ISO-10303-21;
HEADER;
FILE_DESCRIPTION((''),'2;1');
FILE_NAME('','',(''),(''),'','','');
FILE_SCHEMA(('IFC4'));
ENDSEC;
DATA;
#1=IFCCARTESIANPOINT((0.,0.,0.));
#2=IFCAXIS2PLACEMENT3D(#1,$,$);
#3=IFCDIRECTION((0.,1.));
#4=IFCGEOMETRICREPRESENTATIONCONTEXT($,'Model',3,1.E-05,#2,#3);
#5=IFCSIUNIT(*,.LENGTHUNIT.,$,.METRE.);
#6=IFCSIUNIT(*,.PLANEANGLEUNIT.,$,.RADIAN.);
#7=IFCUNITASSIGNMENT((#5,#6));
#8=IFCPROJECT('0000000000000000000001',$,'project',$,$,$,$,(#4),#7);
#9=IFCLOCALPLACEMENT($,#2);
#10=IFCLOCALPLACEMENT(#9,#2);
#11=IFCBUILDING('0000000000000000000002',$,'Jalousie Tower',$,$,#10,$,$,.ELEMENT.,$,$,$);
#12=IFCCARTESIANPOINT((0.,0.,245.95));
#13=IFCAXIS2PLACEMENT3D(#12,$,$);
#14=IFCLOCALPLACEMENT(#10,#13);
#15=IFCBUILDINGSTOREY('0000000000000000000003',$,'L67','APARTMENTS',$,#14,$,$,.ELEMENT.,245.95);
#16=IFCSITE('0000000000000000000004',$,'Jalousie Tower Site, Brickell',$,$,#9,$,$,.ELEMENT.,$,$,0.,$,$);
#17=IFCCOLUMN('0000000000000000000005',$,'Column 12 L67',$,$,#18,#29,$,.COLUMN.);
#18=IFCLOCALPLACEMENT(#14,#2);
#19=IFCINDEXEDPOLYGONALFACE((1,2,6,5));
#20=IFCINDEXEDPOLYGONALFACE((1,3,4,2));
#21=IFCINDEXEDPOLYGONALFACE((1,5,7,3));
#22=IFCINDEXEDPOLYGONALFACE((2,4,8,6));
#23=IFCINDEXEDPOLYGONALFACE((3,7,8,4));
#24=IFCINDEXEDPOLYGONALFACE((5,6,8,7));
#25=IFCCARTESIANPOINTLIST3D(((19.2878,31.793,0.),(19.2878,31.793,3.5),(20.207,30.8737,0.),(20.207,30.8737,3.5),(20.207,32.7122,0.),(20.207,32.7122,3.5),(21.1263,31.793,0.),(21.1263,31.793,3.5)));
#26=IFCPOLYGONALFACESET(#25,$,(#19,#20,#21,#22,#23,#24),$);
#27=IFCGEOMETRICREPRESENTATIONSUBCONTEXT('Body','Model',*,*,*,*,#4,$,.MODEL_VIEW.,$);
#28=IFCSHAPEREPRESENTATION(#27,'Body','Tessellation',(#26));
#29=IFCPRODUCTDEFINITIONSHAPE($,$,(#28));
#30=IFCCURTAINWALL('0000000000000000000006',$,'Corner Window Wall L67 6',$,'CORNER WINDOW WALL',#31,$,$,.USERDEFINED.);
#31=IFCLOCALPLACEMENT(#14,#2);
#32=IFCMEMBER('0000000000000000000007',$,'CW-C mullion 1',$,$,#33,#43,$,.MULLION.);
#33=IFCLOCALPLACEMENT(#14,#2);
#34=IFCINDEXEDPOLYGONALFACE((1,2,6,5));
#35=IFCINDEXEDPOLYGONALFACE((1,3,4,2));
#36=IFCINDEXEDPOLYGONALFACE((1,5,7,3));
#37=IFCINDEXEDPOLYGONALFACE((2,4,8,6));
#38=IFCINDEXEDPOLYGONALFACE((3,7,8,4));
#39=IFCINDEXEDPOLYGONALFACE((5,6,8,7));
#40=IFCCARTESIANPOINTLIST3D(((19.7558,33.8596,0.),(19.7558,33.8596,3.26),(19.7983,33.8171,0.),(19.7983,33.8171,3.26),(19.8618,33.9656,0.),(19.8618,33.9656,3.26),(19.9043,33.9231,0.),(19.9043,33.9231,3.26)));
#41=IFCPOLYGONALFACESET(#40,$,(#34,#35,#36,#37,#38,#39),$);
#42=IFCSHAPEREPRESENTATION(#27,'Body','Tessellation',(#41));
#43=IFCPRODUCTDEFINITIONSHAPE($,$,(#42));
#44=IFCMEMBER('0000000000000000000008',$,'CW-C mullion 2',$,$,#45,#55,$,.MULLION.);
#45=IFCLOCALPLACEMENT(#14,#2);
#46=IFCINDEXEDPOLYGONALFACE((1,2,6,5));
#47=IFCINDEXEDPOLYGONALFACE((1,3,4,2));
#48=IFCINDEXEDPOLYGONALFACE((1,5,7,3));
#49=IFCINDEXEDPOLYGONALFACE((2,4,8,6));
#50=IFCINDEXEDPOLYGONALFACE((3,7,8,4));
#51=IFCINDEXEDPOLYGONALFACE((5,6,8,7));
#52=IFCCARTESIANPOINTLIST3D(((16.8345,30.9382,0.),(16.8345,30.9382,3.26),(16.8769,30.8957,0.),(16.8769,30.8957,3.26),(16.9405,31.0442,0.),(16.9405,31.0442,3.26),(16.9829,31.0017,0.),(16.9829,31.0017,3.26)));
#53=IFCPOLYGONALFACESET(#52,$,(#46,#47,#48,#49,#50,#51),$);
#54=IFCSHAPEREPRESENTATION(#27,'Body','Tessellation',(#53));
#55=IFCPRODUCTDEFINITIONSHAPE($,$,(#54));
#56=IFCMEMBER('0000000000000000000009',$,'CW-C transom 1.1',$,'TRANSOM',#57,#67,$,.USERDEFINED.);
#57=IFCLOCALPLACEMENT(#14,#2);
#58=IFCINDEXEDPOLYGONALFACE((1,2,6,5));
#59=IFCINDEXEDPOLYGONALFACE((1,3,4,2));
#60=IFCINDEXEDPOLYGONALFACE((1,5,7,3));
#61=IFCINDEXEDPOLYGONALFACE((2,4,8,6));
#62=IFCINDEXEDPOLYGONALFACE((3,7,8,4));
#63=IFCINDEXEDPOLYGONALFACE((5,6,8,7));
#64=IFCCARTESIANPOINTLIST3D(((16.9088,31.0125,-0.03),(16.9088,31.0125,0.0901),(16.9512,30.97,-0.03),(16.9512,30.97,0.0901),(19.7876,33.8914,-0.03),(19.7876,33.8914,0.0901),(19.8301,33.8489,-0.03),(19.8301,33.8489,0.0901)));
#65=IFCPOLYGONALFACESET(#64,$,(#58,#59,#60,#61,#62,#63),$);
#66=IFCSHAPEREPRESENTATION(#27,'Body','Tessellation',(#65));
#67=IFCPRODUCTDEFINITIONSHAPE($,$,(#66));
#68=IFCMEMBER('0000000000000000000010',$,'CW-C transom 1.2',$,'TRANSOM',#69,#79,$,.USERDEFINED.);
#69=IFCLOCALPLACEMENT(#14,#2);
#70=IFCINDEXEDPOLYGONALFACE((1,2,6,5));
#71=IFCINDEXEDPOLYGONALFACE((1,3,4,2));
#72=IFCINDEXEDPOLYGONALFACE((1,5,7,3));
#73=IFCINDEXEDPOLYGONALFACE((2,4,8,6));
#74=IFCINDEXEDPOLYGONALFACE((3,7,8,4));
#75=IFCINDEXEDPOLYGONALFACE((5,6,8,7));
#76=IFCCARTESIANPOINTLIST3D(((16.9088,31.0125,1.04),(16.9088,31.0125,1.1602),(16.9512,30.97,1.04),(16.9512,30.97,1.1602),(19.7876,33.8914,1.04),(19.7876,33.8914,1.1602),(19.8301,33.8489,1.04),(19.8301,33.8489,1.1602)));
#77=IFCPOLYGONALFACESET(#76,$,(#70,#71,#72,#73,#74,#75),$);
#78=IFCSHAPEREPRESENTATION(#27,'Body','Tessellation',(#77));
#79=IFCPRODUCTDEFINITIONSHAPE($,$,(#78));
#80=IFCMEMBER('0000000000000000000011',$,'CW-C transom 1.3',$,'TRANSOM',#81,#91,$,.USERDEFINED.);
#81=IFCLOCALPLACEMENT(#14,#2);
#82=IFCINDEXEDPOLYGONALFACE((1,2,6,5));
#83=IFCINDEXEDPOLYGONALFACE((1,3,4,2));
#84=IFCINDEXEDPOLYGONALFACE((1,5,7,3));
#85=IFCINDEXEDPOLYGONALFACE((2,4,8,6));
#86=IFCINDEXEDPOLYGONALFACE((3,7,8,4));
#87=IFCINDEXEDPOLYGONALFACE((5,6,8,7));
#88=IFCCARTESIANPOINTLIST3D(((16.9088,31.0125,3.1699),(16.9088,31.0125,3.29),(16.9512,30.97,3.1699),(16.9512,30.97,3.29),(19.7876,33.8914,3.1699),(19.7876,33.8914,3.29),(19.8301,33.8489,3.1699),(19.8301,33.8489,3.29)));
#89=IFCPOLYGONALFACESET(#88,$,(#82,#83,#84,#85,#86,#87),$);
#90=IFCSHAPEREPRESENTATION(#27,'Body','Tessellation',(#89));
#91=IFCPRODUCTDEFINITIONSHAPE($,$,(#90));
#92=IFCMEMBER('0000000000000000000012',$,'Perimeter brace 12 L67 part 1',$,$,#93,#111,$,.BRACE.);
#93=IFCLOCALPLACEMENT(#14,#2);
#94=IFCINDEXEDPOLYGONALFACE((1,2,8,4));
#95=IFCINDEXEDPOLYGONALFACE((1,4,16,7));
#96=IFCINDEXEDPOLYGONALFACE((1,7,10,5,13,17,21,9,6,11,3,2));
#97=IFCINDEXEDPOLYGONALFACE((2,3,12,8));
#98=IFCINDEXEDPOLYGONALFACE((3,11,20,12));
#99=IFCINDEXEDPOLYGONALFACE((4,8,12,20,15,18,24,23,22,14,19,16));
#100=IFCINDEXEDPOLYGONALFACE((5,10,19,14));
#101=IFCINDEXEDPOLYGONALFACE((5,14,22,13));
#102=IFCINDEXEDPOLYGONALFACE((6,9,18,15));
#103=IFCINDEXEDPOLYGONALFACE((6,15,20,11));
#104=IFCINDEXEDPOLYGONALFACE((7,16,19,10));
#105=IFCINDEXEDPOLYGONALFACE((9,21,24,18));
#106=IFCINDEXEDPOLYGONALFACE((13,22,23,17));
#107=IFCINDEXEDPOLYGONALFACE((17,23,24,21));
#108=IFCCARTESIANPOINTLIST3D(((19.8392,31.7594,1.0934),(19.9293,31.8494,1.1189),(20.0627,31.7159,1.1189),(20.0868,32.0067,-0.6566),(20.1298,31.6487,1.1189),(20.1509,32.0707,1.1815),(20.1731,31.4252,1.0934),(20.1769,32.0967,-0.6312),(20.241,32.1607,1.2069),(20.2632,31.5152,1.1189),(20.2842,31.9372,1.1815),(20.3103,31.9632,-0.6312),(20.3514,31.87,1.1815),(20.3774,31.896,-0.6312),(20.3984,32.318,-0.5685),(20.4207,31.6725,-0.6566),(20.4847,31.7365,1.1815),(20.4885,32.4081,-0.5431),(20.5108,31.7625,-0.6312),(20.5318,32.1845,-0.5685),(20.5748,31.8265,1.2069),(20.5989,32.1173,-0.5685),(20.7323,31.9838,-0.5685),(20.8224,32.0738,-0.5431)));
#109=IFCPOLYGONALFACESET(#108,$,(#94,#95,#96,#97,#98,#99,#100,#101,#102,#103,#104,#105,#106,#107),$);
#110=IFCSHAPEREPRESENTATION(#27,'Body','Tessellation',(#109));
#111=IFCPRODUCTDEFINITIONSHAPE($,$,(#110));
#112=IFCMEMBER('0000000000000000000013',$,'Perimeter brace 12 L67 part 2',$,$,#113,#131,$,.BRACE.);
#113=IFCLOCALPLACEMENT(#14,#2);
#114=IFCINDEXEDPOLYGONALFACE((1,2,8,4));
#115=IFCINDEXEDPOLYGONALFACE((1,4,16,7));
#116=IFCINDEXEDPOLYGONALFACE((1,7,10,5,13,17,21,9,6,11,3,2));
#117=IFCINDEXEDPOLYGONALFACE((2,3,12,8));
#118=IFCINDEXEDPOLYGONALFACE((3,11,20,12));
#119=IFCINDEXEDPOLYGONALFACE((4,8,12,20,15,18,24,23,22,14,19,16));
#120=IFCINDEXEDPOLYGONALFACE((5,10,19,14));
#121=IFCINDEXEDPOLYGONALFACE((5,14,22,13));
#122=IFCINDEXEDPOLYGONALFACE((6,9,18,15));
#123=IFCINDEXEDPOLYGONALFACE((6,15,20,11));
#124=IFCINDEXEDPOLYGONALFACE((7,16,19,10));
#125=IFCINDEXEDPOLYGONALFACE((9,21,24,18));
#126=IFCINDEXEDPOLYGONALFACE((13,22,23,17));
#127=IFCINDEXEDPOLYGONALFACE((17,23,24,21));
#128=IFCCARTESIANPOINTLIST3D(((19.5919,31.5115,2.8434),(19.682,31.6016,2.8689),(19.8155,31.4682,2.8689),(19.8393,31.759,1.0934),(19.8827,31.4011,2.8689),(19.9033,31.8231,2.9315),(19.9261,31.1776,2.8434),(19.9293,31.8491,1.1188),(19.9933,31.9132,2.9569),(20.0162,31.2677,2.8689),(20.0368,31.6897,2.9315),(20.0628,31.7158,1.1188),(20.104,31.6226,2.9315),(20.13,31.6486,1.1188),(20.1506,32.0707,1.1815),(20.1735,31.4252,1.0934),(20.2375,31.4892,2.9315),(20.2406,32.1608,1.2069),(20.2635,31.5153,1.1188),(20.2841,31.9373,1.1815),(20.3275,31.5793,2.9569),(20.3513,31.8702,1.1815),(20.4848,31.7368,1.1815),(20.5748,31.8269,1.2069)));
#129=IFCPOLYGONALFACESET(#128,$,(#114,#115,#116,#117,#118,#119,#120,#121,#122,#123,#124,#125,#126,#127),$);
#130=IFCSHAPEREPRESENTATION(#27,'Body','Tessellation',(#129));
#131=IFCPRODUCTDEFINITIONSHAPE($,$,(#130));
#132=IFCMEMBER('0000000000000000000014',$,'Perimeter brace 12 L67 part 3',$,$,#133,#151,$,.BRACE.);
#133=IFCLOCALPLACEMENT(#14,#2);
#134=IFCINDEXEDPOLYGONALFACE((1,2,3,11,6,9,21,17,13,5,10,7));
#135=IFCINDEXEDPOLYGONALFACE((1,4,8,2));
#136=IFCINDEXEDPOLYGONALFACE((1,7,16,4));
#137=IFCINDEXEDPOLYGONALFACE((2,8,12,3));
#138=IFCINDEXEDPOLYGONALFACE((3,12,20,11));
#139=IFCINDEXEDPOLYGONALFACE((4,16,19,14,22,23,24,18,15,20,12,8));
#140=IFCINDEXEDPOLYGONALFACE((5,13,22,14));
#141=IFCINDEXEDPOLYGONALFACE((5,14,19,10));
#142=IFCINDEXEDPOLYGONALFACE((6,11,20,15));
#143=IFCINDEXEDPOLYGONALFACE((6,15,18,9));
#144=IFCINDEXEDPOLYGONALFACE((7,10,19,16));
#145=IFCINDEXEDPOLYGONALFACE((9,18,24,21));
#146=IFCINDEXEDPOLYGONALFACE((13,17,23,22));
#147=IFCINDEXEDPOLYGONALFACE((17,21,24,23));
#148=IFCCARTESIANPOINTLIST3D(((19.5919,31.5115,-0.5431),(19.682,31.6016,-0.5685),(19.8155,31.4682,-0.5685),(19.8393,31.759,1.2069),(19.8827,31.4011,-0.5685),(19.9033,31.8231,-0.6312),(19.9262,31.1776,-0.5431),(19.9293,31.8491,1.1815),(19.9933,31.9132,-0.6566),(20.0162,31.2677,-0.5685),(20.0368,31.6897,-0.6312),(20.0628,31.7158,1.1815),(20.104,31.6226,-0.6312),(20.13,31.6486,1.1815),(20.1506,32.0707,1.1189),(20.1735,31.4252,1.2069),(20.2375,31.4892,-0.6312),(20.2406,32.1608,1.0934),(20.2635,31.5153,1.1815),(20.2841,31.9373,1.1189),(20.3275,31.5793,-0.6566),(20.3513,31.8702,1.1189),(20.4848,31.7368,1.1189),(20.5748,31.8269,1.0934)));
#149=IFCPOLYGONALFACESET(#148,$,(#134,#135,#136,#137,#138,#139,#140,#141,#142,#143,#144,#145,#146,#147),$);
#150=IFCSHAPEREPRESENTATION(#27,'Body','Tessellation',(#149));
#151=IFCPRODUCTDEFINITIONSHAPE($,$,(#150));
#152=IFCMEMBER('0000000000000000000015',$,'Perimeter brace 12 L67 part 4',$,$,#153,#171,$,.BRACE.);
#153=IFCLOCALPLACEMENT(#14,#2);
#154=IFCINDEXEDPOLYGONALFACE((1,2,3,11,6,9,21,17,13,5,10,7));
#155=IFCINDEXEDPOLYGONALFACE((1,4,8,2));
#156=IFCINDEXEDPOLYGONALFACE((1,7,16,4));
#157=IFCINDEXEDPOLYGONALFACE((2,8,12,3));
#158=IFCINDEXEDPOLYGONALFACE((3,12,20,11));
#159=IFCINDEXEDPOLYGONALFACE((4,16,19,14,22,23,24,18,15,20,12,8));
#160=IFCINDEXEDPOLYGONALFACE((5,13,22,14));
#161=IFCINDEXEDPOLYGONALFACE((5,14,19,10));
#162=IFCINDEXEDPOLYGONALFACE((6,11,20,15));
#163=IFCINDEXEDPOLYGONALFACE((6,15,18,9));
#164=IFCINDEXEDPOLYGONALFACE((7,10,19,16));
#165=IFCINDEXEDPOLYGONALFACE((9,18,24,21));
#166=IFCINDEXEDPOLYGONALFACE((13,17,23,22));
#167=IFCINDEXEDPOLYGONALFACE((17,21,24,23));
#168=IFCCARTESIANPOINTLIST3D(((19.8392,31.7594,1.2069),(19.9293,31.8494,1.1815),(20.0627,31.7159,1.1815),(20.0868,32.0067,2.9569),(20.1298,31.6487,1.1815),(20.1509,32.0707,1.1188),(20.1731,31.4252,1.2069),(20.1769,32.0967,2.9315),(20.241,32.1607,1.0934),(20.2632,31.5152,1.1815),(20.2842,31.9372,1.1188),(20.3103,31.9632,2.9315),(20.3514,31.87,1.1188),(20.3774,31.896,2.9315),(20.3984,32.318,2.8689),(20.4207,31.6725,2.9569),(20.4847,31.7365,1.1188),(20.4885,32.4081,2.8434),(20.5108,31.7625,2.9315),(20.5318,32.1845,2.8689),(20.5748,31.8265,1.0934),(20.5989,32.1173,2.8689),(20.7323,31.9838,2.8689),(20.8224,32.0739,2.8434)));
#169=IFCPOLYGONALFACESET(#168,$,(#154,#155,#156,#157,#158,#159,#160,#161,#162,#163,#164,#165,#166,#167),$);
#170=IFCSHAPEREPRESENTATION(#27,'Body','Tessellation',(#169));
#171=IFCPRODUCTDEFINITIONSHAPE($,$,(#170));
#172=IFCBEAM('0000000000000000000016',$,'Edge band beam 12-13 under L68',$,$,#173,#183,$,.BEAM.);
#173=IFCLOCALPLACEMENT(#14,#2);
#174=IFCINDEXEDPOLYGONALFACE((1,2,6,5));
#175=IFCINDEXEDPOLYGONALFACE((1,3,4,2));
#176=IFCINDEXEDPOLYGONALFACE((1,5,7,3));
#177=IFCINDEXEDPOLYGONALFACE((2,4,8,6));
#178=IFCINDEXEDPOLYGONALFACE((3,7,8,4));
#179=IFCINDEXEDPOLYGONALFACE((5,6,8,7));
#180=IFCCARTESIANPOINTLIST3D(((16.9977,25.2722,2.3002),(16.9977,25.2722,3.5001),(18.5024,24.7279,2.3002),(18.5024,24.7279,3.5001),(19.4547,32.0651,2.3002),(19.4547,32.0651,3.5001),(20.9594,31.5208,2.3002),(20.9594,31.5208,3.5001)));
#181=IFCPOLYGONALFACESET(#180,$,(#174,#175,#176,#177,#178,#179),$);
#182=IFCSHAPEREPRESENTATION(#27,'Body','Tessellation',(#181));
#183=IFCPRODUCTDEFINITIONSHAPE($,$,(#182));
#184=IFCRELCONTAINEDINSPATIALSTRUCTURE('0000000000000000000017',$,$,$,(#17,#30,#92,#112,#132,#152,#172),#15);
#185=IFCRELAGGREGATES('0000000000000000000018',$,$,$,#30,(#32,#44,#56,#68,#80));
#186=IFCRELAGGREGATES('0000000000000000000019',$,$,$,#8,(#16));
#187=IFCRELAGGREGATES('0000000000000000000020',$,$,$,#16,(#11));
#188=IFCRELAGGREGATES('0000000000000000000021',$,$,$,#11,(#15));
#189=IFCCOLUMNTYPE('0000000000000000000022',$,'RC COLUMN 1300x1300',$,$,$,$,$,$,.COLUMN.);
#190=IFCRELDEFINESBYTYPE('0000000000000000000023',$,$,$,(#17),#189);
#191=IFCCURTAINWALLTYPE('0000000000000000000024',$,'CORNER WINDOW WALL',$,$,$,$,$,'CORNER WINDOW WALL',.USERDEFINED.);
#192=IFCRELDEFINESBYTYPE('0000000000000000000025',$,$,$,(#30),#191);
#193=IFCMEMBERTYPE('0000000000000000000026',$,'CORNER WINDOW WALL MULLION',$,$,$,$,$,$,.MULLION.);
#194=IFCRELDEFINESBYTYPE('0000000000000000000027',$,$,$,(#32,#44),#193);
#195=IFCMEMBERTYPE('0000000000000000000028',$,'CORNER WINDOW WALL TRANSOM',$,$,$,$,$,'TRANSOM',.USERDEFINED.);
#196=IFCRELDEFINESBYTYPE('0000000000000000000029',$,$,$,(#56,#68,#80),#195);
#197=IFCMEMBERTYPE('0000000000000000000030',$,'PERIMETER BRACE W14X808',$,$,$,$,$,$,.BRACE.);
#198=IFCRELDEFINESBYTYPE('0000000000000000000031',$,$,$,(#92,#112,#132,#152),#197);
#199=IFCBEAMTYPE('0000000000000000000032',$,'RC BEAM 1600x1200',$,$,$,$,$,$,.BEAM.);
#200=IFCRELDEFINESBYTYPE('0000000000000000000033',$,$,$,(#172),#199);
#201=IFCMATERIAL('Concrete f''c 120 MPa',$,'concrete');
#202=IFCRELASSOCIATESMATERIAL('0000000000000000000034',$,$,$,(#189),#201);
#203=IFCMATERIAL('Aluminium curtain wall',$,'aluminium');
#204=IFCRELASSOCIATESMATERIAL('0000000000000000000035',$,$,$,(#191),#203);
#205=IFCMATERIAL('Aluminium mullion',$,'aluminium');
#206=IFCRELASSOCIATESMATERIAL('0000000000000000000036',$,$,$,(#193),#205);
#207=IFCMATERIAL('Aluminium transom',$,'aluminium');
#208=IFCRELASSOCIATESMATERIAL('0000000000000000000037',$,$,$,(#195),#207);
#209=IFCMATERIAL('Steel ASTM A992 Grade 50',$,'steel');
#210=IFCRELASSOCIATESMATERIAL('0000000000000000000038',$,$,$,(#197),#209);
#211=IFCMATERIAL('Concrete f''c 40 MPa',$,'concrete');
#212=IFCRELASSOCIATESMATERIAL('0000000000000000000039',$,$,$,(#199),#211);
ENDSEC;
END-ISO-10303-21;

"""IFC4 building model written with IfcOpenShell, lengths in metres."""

from ifc_helpers import new_model, si_unit, direction, frame, origin, origin_2d, place, context, subcontext, project, spatial, rectangle, i_section, extrude, material, material_profile, profile_set, type_object, element, aggregate, save


model = new_model("IFC4")

# Units and contexts
model_context = context("Model", 3, precision=1e-05, world=origin(), true_north=direction((0.0, 1.0)))
body_context = subcontext(model_context, "Body", "Model", "MODEL_VIEW")
ifc_project = project(units=[si_unit("LENGTHUNIT", "METRE"), si_unit("PLANEANGLEUNIT", "RADIAN")], contexts=[model_context])

# Site, building, storey
site_placement = place(None, origin())
site = spatial("IfcSite", under=ifc_project, at=site_placement, Name="Jalousie Tower Site, Brickell", CompositionType="ELEMENT", RefElevation=0.0)
building_placement = place(site_placement, origin())
building = spatial("IfcBuilding", under=site, at=building_placement, Name="Jalousie Tower", CompositionType="ELEMENT")
storey_placement = place(building_placement, frame((0.0, 0.0, 245.95)))
storey = spatial("IfcBuildingStorey", under=building, at=storey_placement, Name="L67", Description="APARTMENTS", CompositionType="ELEMENT", Elevation=245.95)

# Column
ifc_material_1 = material(Name="Concrete f'c 120 MPa", Category="concrete")
ifc_material_profile_1 = material_profile(ifc_material_1, rectangle(XDim=1.3, YDim=1.3, at=origin_2d()), Name="RC 1300x1300")
ifc_profile_set_1 = profile_set([ifc_material_profile_1], Name="Concrete f'c 120 MPa")
column_type = type_object("IfcColumnType", Name="RC COLUMN 1300x1300", PredefinedType="COLUMN", material=ifc_profile_set_1)
column_placement = place(storey_placement, frame((20.207, 31.793, 0.0), z_axis=(0.0, 0.0, 1.0), x_axis=(0.707107, 0.707107, 0.0)))
element("IfcColumn", 1, at=column_placement, inside=storey, type_object=column_type, Name="Column 12 L67", PredefinedType="COLUMN", context=body_context, shape_type="SweptSolid", body=[
    extrude(rectangle(XDim=1.3, YDim=1.3, at=origin_2d()), origin(), (0.0, 0.0, 1.0), 3.5),
])

# Curtain wall, members
ifc_material_2 = material(Name="Aluminium curtain wall", Category="aluminium")
curtain_wall_type_1 = type_object("IfcCurtainWallType", Name="CORNER WINDOW WALL", ElementType="CORNER WINDOW WALL", PredefinedType="USERDEFINED", material=ifc_material_2)
curtain_wall_1_placement = place(storey_placement, origin())
curtain_wall_1 = element("IfcCurtainWall", 2, at=curtain_wall_1_placement, inside=storey, type_object=curtain_wall_type_1, Name="Corner Window Wall L67 6", ObjectType="CORNER WINDOW WALL", PredefinedType="USERDEFINED")
ifc_material_3 = material(Name="Aluminium mullion", Category="aluminium")
ifc_material_profile_2 = material_profile(ifc_material_3, rectangle(XDim=0.0601, YDim=0.1499, at=origin_2d()), Name="MULLION 60x150")
ifc_profile_set_2 = profile_set([ifc_material_profile_2], Name="Aluminium mullion")
member_type_1 = type_object("IfcMemberType", Name="CORNER WINDOW WALL MULLION", PredefinedType="MULLION", material=ifc_profile_set_2)
member_1_placement = place(storey_placement, frame((19.8301, 33.8914, 0.0), z_axis=(0.0, 0.0, 1.0), x_axis=(0.707107, -0.707107, 0.0)))
member_1 = element("IfcMember", 3, at=member_1_placement, type_object=member_type_1, Name="CW-C mullion 1", PredefinedType="MULLION", context=body_context, shape_type="SweptSolid", body=[
    extrude(rectangle(XDim=0.0601, YDim=0.1499, at=origin_2d()), origin(), (0.0, 0.0, 1.0), 3.26),
])
member_2_placement = place(storey_placement, frame((16.9087, 30.97, 0.0), z_axis=(0.0, 0.0, 1.0), x_axis=(0.707107, -0.707107, 0.0)))
member_2 = element("IfcMember", 4, at=member_2_placement, type_object=member_type_1, Name="CW-C mullion 2", PredefinedType="MULLION", context=body_context, shape_type="SweptSolid", body=[
    extrude(rectangle(XDim=0.0601, YDim=0.1499, at=origin_2d()), origin(), (0.0, 0.0, 1.0), 3.26),
])
ifc_material_4 = material(Name="Aluminium transom", Category="aluminium")
ifc_material_profile_3 = material_profile(ifc_material_4, rectangle(XDim=0.0601, YDim=0.1201, at=origin_2d()), Name="TRANSOM 60x120")
ifc_profile_set_3 = profile_set([ifc_material_profile_3], Name="Aluminium transom")
member_type_2 = type_object("IfcMemberType", Name="CORNER WINDOW WALL TRANSOM", ElementType="TRANSOM", PredefinedType="USERDEFINED", material=ifc_profile_set_3)
member_3_placement = place(storey_placement, frame((19.8088, 33.8701, 0.03), z_axis=(-0.707107, -0.707107, 0.0), x_axis=(0.707107, -0.707107, 0.0)))
member_3 = element("IfcMember", 5, at=member_3_placement, type_object=member_type_2, Name="CW-C transom 1.1", ObjectType="TRANSOM", PredefinedType="USERDEFINED", context=body_context, shape_type="SweptSolid", body=[
    extrude(rectangle(XDim=0.0601, YDim=0.1201, at=origin_2d()), origin(), (0.0, 0.0, 1.0), 4.0713),
])
member_4_placement = place(storey_placement, frame((19.8088, 33.8701, 1.1001), z_axis=(-0.707107, -0.707107, 0.0), x_axis=(0.707107, -0.707107, 0.0)))
member_4 = element("IfcMember", 6, at=member_4_placement, type_object=member_type_2, Name="CW-C transom 1.2", ObjectType="TRANSOM", PredefinedType="USERDEFINED", context=body_context, shape_type="SweptSolid", body=[
    extrude(rectangle(XDim=0.0601, YDim=0.1201, at=origin_2d()), origin(), (0.0, 0.0, 1.0), 4.0713),
])
member_5_placement = place(storey_placement, frame((19.8088, 33.8701, 3.23), z_axis=(-0.707107, -0.707107, 0.0), x_axis=(0.707107, -0.707107, 0.0)))
member_5 = element("IfcMember", 7, at=member_5_placement, type_object=member_type_2, Name="CW-C transom 1.3", ObjectType="TRANSOM", PredefinedType="USERDEFINED", context=body_context, shape_type="SweptSolid", body=[
    extrude(rectangle(XDim=0.0601, YDim=0.1201, at=origin_2d()), origin(), (0.0, 0.0, 1.0), 4.0713),
])

# Members
ifc_material_5 = material(Name="Steel ASTM A992 Grade 50", Category="steel")
ifc_material_profile_4 = material_profile(ifc_material_5, i_section(OverallWidth=0.4724, OverallDepth=0.5791, WebThickness=0.095, FlangeThickness=0.1299, at=origin_2d()), Name="W14X808")
ifc_profile_set_4 = profile_set([ifc_material_profile_4], Name="Steel ASTM A992 Grade 50")
member_type_3 = type_object("IfcMemberType", Name="PERIMETER BRACE W14X808", PredefinedType="BRACE", material=ifc_profile_set_4)
for number, where, z_axis, x_axis, name in (
    (8, (20.4546, 32.0403, -0.5999), (-0.138716, -0.138579, 0.980588), (0.706758, -0.707456, 0.0), "Perimeter brace 12 L67 part 1"),
    (9, (20.207, 31.793, 1.1501), (-0.138579, -0.138716, 0.980588), (0.707456, -0.706758, 0.0), "Perimeter brace 12 L67 part 2"),
    (10, (19.9597, 31.5454, -0.5999), (0.138579, 0.138716, 0.980588), (-0.707456, 0.706758, 0.0), "Perimeter brace 12 L67 part 3"),
    (11, (20.207, 31.793, 1.1501), (0.138716, 0.138579, 0.980588), (-0.706758, 0.707456, 0.0), "Perimeter brace 12 L67 part 4"),
):
    element("IfcMember", number, at=place(storey_placement, frame(where, z_axis=z_axis, x_axis=x_axis)), inside=storey, type_object=member_type_3, Name=name, PredefinedType="BRACE", context=body_context, shape_type="SweptSolid", body=[
        extrude(i_section(OverallWidth=0.4724, OverallDepth=0.5791, WebThickness=0.095, FlangeThickness=0.1299, at=origin_2d()), origin(), (0.0, 0.0, 1.0), 1.7847),
    ])

# Beam
ifc_material_6 = material(Name="Concrete f'c 40 MPa", Category="concrete")
ifc_material_profile_5 = material_profile(ifc_material_6, rectangle(XDim=1.6001, YDim=1.2, at=origin_2d()), Name="RC 1600x1200")
ifc_profile_set_5 = profile_set([ifc_material_profile_5], Name="Concrete f'c 40 MPa")
beam_type = type_object("IfcBeamType", Name="RC BEAM 1600x1200", PredefinedType="BEAM", material=ifc_profile_set_5)
beam_placement = place(storey_placement, frame((20.207, 31.793, 2.9001), z_axis=(-0.340136, -0.940376, 0.0), x_axis=(0.940376, -0.340136, 0.0)))
element("IfcBeam", 12, at=beam_placement, inside=storey, type_object=beam_type, Name="Edge band beam 12-13 under L68", PredefinedType="BEAM", context=body_context, shape_type="SweptSolid", body=[
    extrude(rectangle(XDim=1.6001, YDim=1.2, at=origin_2d()), origin(), (0.0, 0.0, 1.0), 7.2236),
])

aggregate(curtain_wall_1, [member_1, member_2, member_3, member_4, member_5])

save(model, "model.ifc")
